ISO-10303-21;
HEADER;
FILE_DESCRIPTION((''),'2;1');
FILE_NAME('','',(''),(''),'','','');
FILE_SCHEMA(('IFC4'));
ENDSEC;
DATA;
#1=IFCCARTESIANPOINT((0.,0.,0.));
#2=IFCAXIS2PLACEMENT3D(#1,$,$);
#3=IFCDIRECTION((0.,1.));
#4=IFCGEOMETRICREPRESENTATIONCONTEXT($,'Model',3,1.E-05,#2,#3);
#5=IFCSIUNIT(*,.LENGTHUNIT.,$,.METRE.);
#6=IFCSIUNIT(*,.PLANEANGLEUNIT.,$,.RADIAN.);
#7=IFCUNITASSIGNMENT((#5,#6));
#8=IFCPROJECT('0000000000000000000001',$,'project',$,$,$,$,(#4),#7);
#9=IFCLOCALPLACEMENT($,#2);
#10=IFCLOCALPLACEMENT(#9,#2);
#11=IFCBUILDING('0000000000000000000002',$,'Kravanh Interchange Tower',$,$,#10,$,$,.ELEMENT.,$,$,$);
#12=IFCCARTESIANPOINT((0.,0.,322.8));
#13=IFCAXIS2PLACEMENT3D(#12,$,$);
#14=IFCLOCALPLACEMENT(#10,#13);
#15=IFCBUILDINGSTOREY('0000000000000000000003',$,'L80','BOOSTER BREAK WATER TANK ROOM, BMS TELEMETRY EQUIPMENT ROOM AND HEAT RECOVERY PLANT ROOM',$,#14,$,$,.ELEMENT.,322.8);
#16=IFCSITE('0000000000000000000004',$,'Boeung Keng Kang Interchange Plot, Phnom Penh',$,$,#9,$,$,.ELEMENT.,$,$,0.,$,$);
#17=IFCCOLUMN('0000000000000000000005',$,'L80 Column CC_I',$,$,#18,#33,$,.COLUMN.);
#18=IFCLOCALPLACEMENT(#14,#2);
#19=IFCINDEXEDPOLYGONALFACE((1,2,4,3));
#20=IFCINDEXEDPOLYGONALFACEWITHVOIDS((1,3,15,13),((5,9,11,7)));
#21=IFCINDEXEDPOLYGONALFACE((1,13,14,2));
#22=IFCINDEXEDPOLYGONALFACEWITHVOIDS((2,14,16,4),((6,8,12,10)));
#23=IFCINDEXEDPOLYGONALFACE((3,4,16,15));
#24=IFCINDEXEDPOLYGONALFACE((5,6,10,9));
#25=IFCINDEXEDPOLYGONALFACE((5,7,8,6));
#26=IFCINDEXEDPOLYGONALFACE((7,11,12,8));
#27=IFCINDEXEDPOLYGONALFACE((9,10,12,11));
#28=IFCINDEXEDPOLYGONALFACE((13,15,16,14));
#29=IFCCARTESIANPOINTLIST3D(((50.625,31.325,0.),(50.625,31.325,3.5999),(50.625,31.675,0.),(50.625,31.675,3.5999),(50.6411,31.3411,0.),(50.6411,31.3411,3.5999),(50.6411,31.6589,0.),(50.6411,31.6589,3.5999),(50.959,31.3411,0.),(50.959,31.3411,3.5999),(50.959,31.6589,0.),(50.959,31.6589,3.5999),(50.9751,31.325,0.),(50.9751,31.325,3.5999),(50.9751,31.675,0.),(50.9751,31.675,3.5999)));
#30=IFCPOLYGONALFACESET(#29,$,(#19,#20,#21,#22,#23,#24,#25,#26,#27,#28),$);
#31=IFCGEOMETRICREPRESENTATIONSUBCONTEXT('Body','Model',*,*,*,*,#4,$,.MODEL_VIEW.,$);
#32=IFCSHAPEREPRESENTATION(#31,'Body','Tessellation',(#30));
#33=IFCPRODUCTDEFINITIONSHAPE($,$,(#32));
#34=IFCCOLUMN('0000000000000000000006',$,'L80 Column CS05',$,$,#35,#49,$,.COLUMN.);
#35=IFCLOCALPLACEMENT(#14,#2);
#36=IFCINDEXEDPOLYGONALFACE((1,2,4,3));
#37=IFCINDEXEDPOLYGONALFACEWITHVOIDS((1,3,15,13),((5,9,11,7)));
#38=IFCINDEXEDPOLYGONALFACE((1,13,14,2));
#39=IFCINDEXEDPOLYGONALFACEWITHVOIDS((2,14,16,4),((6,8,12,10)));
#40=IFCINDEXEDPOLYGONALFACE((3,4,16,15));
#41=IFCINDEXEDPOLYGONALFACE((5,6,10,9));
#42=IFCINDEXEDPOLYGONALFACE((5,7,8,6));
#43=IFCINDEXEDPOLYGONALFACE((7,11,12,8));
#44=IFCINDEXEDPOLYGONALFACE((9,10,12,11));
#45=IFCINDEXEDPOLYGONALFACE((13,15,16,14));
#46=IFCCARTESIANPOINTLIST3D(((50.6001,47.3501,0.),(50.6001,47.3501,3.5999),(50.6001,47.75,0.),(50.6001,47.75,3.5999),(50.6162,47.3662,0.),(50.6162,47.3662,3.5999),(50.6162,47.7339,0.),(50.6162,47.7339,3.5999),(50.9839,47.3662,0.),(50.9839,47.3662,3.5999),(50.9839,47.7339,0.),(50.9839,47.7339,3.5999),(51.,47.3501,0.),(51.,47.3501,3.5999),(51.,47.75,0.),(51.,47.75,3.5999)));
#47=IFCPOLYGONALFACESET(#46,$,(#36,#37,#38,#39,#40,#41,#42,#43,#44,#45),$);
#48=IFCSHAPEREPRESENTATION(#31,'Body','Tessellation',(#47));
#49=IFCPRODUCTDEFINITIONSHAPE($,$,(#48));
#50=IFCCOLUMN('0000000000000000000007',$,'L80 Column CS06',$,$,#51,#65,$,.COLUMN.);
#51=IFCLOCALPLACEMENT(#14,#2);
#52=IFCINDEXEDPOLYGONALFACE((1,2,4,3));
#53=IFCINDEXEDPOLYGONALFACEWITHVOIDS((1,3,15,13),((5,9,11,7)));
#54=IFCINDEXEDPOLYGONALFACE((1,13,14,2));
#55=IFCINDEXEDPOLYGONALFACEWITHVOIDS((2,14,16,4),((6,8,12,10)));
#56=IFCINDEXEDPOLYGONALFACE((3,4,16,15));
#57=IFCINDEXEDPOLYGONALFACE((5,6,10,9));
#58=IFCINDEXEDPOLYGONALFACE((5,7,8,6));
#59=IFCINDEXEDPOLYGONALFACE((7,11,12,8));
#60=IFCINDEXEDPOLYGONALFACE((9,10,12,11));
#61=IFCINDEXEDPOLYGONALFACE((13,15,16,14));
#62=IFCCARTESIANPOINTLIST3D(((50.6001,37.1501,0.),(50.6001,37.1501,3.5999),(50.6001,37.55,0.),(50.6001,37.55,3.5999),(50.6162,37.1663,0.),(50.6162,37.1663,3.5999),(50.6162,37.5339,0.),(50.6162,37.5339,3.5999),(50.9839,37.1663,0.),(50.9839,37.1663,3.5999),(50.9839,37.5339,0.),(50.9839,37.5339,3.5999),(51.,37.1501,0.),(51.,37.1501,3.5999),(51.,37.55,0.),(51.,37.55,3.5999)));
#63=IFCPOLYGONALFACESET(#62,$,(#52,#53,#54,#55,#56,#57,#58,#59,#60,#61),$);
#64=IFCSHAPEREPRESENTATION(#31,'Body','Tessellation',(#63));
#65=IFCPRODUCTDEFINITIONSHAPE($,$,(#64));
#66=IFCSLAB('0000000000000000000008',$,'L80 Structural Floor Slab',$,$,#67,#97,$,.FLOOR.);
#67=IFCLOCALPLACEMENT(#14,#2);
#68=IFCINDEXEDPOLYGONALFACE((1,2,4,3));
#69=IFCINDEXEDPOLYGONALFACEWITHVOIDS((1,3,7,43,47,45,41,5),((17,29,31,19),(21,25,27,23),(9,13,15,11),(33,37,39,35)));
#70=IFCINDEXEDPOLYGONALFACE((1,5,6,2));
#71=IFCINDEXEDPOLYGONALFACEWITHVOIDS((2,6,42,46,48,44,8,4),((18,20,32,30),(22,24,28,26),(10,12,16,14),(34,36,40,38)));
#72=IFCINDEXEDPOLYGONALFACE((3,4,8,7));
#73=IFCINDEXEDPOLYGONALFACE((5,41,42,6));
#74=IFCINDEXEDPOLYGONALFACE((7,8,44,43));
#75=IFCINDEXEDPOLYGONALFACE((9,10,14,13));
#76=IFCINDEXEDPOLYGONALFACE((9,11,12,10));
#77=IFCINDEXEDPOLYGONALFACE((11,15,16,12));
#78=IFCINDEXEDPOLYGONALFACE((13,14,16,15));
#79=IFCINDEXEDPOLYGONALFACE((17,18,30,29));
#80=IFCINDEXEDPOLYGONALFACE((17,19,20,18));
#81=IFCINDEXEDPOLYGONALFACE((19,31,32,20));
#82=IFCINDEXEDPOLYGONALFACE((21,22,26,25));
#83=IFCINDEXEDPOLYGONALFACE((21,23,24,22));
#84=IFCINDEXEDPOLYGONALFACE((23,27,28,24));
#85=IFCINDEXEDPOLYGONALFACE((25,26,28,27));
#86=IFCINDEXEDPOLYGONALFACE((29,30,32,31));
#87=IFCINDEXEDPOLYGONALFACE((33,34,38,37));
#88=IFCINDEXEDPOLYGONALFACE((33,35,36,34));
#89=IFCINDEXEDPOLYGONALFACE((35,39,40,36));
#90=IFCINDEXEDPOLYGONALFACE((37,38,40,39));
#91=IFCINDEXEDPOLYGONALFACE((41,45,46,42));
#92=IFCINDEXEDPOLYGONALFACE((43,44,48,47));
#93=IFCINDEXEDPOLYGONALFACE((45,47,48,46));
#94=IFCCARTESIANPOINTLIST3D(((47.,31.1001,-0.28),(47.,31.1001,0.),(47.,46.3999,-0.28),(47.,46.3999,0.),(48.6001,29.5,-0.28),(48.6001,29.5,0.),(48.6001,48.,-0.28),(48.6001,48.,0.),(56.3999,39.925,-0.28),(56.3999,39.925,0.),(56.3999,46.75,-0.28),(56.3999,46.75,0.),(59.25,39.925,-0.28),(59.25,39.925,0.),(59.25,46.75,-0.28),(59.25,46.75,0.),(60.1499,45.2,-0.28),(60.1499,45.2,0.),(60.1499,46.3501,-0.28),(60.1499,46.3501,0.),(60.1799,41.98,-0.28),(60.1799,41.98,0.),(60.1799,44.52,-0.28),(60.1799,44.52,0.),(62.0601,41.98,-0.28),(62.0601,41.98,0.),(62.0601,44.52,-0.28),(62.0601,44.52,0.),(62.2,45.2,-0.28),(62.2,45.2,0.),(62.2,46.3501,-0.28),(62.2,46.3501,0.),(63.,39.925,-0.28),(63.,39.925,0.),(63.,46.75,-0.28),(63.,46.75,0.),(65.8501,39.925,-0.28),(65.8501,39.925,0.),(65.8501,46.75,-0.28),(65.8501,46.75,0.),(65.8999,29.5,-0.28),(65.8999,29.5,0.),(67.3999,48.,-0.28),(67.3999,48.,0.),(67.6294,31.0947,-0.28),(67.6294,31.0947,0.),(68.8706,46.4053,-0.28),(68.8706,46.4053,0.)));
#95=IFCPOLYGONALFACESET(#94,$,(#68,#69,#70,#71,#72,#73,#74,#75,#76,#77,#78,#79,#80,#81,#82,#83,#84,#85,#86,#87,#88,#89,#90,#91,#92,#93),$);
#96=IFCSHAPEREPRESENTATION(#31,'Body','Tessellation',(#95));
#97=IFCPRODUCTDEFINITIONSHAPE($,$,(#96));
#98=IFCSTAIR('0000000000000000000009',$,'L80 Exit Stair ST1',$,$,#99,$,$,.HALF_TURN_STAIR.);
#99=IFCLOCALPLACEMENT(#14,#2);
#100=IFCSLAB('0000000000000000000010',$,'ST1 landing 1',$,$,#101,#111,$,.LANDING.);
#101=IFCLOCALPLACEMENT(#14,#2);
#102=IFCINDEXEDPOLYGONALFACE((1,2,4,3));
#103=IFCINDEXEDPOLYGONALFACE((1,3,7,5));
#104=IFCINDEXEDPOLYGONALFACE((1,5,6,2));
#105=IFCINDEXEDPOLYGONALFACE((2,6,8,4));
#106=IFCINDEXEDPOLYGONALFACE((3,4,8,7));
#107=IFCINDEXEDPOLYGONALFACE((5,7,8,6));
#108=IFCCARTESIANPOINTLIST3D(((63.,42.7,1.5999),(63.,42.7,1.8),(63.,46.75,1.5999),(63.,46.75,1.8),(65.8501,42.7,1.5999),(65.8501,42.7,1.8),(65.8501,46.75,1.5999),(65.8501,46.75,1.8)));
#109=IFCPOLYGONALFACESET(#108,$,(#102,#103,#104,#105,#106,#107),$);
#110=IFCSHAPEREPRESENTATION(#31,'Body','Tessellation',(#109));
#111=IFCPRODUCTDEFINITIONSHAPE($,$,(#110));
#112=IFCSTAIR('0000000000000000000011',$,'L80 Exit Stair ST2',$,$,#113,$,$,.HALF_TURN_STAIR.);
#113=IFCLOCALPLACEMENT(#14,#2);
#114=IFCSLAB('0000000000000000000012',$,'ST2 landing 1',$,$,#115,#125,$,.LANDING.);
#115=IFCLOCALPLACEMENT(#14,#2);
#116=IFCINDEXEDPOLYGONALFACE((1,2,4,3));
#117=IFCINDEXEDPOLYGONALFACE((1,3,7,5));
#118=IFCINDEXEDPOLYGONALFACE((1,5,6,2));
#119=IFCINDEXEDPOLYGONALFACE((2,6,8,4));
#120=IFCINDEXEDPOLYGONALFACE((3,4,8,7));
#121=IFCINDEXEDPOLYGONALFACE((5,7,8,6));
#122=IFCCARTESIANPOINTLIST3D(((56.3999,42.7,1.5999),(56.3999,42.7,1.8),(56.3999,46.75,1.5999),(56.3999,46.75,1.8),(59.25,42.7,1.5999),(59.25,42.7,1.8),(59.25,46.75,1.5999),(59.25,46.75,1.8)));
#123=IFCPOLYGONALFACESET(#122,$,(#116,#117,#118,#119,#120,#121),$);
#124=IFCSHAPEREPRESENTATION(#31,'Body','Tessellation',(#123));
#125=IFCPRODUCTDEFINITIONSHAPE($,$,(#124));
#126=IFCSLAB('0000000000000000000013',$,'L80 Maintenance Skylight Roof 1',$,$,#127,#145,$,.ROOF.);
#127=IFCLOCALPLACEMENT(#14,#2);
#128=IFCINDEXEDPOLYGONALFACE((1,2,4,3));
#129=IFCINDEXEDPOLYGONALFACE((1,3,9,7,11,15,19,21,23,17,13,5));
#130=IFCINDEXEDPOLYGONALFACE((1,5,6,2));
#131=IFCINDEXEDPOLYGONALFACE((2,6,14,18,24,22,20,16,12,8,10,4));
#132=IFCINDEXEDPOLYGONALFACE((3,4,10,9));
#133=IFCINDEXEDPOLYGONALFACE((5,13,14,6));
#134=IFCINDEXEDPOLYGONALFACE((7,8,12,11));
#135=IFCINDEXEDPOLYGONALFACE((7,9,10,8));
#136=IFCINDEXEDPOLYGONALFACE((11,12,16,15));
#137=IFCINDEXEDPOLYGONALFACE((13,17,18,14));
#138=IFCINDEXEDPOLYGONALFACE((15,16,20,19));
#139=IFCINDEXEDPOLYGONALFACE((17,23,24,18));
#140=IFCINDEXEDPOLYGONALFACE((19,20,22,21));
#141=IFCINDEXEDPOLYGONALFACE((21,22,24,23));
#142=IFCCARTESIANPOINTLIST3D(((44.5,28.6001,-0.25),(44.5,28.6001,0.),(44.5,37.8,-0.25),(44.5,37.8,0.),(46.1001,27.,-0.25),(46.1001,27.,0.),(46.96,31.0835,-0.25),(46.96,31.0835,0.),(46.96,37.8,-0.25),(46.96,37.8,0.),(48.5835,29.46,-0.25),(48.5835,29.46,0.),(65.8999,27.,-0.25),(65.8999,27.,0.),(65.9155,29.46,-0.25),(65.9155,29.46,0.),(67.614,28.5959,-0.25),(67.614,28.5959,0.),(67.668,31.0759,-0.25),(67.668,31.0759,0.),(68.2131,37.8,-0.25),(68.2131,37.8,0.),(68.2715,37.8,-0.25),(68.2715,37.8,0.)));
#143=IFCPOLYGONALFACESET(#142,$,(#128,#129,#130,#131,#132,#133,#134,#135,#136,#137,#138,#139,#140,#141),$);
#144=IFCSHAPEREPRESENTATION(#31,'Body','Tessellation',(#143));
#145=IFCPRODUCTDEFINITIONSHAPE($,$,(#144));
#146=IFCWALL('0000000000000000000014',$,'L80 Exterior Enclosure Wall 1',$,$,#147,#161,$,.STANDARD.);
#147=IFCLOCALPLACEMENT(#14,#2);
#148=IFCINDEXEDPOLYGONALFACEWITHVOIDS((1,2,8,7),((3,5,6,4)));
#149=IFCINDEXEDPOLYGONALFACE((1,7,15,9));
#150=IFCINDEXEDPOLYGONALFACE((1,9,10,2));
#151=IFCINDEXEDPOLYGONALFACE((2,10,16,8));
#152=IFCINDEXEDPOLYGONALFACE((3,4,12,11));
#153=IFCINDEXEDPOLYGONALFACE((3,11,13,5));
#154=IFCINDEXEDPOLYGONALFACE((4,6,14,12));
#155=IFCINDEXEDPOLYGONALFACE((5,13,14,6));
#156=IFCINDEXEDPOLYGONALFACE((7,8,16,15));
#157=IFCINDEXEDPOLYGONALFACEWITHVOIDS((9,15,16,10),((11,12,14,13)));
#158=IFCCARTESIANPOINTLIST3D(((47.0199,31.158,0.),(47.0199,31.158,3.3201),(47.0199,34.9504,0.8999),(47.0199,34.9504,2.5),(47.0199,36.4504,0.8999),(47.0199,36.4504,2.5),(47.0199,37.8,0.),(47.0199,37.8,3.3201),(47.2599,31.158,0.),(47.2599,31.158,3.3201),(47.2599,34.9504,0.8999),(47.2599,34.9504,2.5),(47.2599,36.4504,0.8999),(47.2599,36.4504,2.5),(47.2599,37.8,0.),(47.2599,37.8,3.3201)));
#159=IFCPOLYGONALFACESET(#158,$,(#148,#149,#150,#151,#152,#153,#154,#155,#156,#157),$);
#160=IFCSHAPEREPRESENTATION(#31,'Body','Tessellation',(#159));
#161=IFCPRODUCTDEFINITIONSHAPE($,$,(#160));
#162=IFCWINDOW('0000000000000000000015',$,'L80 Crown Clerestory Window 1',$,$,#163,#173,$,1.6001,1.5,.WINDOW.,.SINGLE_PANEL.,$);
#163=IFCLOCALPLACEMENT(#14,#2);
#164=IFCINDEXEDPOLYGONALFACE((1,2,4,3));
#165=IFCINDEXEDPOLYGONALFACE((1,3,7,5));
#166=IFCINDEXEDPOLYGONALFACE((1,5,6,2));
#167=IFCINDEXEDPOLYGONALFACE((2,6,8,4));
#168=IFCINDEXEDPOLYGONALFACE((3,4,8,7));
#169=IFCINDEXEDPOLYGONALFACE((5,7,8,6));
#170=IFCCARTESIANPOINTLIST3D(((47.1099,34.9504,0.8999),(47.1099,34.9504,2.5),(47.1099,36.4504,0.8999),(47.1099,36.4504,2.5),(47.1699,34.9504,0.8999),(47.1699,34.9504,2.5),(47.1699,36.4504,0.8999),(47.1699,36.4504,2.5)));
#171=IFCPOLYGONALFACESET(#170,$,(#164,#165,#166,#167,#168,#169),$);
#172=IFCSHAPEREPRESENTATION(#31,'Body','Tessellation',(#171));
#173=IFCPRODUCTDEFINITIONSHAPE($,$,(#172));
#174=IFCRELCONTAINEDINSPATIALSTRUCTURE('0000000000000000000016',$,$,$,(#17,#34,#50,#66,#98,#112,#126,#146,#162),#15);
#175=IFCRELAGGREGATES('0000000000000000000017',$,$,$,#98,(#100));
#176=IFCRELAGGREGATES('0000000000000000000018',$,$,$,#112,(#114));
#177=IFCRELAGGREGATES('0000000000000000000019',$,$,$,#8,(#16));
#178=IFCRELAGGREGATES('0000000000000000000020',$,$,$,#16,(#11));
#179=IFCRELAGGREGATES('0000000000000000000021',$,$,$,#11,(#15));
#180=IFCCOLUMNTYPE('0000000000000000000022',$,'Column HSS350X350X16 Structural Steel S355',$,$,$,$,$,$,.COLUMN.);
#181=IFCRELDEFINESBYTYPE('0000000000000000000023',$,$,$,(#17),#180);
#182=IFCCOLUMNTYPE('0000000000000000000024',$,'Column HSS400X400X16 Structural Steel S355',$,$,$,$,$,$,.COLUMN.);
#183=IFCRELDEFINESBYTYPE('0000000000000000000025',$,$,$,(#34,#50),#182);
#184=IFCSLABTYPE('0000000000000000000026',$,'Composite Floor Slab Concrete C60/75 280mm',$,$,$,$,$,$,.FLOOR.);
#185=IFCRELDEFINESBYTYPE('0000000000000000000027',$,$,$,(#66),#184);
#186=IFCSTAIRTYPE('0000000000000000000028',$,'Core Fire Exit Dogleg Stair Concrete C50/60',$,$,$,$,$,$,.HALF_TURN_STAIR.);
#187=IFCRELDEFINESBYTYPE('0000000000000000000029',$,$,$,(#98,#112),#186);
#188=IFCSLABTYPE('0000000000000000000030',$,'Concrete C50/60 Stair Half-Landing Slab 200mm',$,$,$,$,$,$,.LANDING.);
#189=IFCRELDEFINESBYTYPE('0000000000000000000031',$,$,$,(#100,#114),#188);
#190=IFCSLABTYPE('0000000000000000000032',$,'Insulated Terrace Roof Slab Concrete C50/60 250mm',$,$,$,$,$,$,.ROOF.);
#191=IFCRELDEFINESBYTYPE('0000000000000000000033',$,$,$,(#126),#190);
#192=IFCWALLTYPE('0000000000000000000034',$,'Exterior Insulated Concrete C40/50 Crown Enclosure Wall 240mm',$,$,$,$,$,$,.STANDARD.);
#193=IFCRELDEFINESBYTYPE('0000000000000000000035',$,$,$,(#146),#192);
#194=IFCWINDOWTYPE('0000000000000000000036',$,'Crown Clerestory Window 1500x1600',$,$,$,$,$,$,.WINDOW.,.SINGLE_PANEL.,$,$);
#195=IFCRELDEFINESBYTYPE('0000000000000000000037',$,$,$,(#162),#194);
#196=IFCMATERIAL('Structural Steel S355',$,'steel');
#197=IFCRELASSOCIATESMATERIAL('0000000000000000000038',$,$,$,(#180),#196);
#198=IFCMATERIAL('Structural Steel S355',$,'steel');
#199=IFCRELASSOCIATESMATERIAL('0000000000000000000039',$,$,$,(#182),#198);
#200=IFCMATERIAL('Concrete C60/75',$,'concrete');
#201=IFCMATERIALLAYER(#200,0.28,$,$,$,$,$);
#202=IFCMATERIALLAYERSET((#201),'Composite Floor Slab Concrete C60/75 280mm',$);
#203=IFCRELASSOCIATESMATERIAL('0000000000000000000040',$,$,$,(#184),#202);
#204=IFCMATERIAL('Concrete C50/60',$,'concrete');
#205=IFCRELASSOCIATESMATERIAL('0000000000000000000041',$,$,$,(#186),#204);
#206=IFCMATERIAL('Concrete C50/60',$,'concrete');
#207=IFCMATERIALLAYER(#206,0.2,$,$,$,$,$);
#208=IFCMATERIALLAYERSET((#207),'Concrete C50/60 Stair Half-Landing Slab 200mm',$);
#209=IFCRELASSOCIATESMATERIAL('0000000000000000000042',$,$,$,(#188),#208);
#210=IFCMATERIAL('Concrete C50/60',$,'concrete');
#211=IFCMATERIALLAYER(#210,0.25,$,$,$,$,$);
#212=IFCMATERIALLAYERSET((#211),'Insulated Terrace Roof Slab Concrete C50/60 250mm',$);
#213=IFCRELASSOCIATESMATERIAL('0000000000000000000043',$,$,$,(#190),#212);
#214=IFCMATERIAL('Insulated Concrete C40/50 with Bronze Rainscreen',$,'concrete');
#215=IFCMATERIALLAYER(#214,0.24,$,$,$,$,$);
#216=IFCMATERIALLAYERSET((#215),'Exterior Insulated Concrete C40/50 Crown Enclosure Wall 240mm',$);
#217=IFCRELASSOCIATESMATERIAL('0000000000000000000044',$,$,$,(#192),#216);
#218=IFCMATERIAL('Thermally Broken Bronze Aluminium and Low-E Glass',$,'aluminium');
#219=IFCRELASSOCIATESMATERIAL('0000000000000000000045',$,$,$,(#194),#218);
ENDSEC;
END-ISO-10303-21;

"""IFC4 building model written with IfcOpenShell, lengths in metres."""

from ifc_helpers import new_model, si_unit, direction, frame, frame_2d, origin, origin_2d, place, context, subcontext, project, spatial, polyline, rectangle, hollow_rectangle, outline, extrude, material, layer, layer_set, material_profile, profile_set, type_object, element, fill, aggregate, save


model = new_model("IFC4")

# Units and contexts
model_context = context("Model", 3, precision=1e-05, world=origin(), true_north=direction((0.0, 1.0)))
body_context = subcontext(model_context, "Body", "Model", "MODEL_VIEW")
ifc_project = project(units=[si_unit("LENGTHUNIT", "METRE"), si_unit("PLANEANGLEUNIT", "RADIAN")], contexts=[model_context])

# Site, building, storey
site_placement = place(None, origin())
site = spatial("IfcSite", under=ifc_project, at=site_placement, Name="Boeung Keng Kang Interchange Plot, Phnom Penh", CompositionType="ELEMENT", RefElevation=0.0)
building_placement = place(site_placement, origin())
building = spatial("IfcBuilding", under=site, at=building_placement, Name="Kravanh Interchange Tower", CompositionType="ELEMENT")
storey_placement = place(building_placement, frame((0.0, 0.0, 322.8)))
storey = spatial("IfcBuildingStorey", under=building, at=storey_placement, Name="L80", Description="BOOSTER BREAK WATER TANK ROOM, BMS TELEMETRY EQUIPMENT ROOM AND HEAT RECOVERY PLANT ROOM", CompositionType="ELEMENT", Elevation=322.8)

# Columns
ifc_material_1 = material(Name="Structural Steel S355", Category="steel")
ifc_material_profile_1 = material_profile(ifc_material_1, hollow_rectangle(XDim=0.3501, YDim=0.3501, WallThickness=0.0161, at=origin_2d()), Name="HSS350X350X16")
ifc_profile_set_1 = profile_set([ifc_material_profile_1], Name="Structural Steel S355")
column_type_1 = type_object("IfcColumnType", Name="Column HSS350X350X16 Structural Steel S355", PredefinedType="COLUMN", material=ifc_profile_set_1)
column_placement = place(storey_placement, frame((50.8, 31.5, 0.0), z_axis=(0.0, 0.0, 1.0), x_axis=(1.0, 0.0, 0.0)))
element("IfcColumn", 1, at=column_placement, inside=storey, type_object=column_type_1, Name="L80 Column CC_I", PredefinedType="COLUMN", context=body_context, shape_type="SweptSolid", body=[
    extrude(hollow_rectangle(XDim=0.3501, YDim=0.3501, WallThickness=0.0161, at=origin_2d()), origin(), (0.0, 0.0, 1.0), 3.5999),
])
ifc_material_2 = material(Name="Structural Steel S355", Category="steel")
ifc_material_profile_2 = material_profile(ifc_material_2, hollow_rectangle(XDim=0.3999, YDim=0.3999, WallThickness=0.0161, at=origin_2d()), Name="HSS400X400X16")
ifc_profile_set_2 = profile_set([ifc_material_profile_2], Name="Structural Steel S355")
column_type_2 = type_object("IfcColumnType", Name="Column HSS400X400X16 Structural Steel S355", PredefinedType="COLUMN", material=ifc_profile_set_2)
for number, where, z_axis, x_axis, name in (
    (2, (50.8, 47.55, 0.0), (0.0, 0.0, 1.0), (1.0, 0.0, 0.0), "L80 Column CS05"),
    (3, (50.8, 37.3501, 0.0), (0.0, 0.0, 1.0), (1.0, 0.0, 0.0), "L80 Column CS06"),
):
    element("IfcColumn", number, at=place(storey_placement, frame(where, z_axis=z_axis, x_axis=x_axis)), inside=storey, type_object=column_type_2, Name=name, PredefinedType="COLUMN", context=body_context, shape_type="SweptSolid", body=[
        extrude(hollow_rectangle(XDim=0.3999, YDim=0.3999, WallThickness=0.0161, at=origin_2d()), origin(), (0.0, 0.0, 1.0), 3.5999),
    ])

# Slab
ifc_material_3 = material(Name="Concrete C60/75", Category="concrete")
ifc_layer_1 = layer(ifc_material_3, 0.28)
ifc_layer_set_1 = layer_set([ifc_layer_1], Name="Composite Floor Slab Concrete C60/75 280mm")
slab_type_1 = type_object("IfcSlabType", Name="Composite Floor Slab Concrete C60/75 280mm", PredefinedType="FLOOR", material=ifc_layer_set_1)
slab_1_placement = place(storey_placement, frame((0.0, 0.0, -0.28)))
element("IfcSlab", 4, at=slab_1_placement, inside=storey, type_object=slab_type_1, Name="L80 Structural Floor Slab", PredefinedType="FLOOR", context=body_context, shape_type="SweptSolid", body=[
    extrude(outline(polyline([(47.0, 31.1001), (48.6001, 29.5), (65.8999, 29.5), (67.6294, 31.0947), (68.8706, 46.4053), (67.3999, 48.0), (48.6001, 48.0), (47.0, 46.3999), (47.0, 31.1001)]), holes=[polyline([(65.8501, 39.925), (65.8501, 46.75), (63.0, 46.75), (63.0, 39.925), (65.8501, 39.925)]), polyline([(59.25, 39.925), (59.25, 46.75), (56.3999, 46.75), (56.3999, 39.925), (59.25, 39.925)]), polyline([(60.1799, 41.98), (62.0601, 41.98), (62.0601, 44.52), (60.1799, 44.52), (60.1799, 41.98)]), polyline([(60.1499, 45.2), (62.2, 45.2), (62.2, 46.3501), (60.1499, 46.3501), (60.1499, 45.2)])]), origin(), (0.0, 0.0, 1.0), 0.28),
])

# Stairs, slabs
ifc_material_4 = material(Name="Concrete C50/60", Category="concrete")
stair_type = type_object("IfcStairType", Name="Core Fire Exit Dogleg Stair Concrete C50/60", PredefinedType="HALF_TURN_STAIR", material=ifc_material_4)
stair_1_placement = place(storey_placement, origin())
stair_1 = element("IfcStair", 5, at=stair_1_placement, inside=storey, type_object=stair_type, Name="L80 Exit Stair ST1", PredefinedType="HALF_TURN_STAIR")
ifc_material_5 = material(Name="Concrete C50/60", Category="concrete")
ifc_layer_2 = layer(ifc_material_5, 0.2)
ifc_layer_set_2 = layer_set([ifc_layer_2], Name="Concrete C50/60 Stair Half-Landing Slab 200mm")
slab_type_2 = type_object("IfcSlabType", Name="Concrete C50/60 Stair Half-Landing Slab 200mm", PredefinedType="LANDING", material=ifc_layer_set_2)
slab_2_placement = place(storey_placement, frame((0.0, 0.0, 1.5999)))
slab_2 = element("IfcSlab", 6, at=slab_2_placement, type_object=slab_type_2, Name="ST1 landing 1", PredefinedType="LANDING", context=body_context, shape_type="SweptSolid", body=[
    extrude(outline(polyline([(65.8501, 42.7), (65.8501, 46.75), (63.0, 46.75), (63.0, 42.7), (65.8501, 42.7)])), origin(), (0.0, 0.0, 1.0), 0.2002),
])
aggregate(stair_1, [slab_2])
stair_2_placement = place(storey_placement, origin())
stair_2 = element("IfcStair", 7, at=stair_2_placement, inside=storey, type_object=stair_type, Name="L80 Exit Stair ST2", PredefinedType="HALF_TURN_STAIR")
slab_3_placement = place(storey_placement, frame((0.0, 0.0, 1.5999)))
slab_3 = element("IfcSlab", 8, at=slab_3_placement, type_object=slab_type_2, Name="ST2 landing 1", PredefinedType="LANDING", context=body_context, shape_type="SweptSolid", body=[
    extrude(outline(polyline([(59.25, 42.7), (59.25, 46.75), (56.3999, 46.75), (56.3999, 42.7), (59.25, 42.7)])), origin(), (0.0, 0.0, 1.0), 0.2002),
])
aggregate(stair_2, [slab_3])

# Slab
ifc_material_6 = material(Name="Concrete C50/60", Category="concrete")
ifc_layer_3 = layer(ifc_material_6, 0.25)
ifc_layer_set_3 = layer_set([ifc_layer_3], Name="Insulated Terrace Roof Slab Concrete C50/60 250mm")
slab_type_3 = type_object("IfcSlabType", Name="Insulated Terrace Roof Slab Concrete C50/60 250mm", PredefinedType="ROOF", material=ifc_layer_set_3)
slab_4_placement = place(storey_placement, frame((0.0, 0.0, -0.25)))
element("IfcSlab", 9, at=slab_4_placement, inside=storey, type_object=slab_type_3, Name="L80 Maintenance Skylight Roof 1", PredefinedType="ROOF", context=body_context, shape_type="SweptSolid", body=[
    extrude(outline(polyline([(65.8999, 27.0), (46.1001, 27.0), (44.5, 28.6001), (44.5, 37.8), (46.96, 37.8), (46.96, 31.0835), (48.5835, 29.46), (65.9155, 29.46), (67.668, 31.0759), (68.2131, 37.8), (68.2715, 37.8), (67.614, 28.5959), (65.8999, 27.0)])), origin(), (0.0, 0.0, 1.0), 0.25),
])

# Wall, opening, window
ifc_material_7 = material(Name="Insulated Concrete C40/50 with Bronze Rainscreen", Category="concrete")
ifc_layer_4 = layer(ifc_material_7, 0.24)
ifc_layer_set_4 = layer_set([ifc_layer_4], Name="Exterior Insulated Concrete C40/50 Crown Enclosure Wall 240mm")
wall_type_1 = type_object("IfcWallType", Name="Exterior Insulated Concrete C40/50 Crown Enclosure Wall 240mm", PredefinedType="STANDARD", material=ifc_layer_set_4)
wall_1_placement = place(storey_placement, frame((47.1399, 31.158, 0.0), z_axis=(0.0, 0.0, 1.0), x_axis=(0.0, 1.0, 0.0)))
wall_1 = element("IfcWall", 10, at=wall_1_placement, inside=storey, type_object=wall_type_1, Name="L80 Exterior Enclosure Wall 1", PredefinedType="STANDARD", context=body_context, shape_type="SweptSolid", body=[
    extrude(rectangle(XDim=6.6421, YDim=0.24, at=frame_2d((3.321, 0.0))), origin(), (0.0, 0.0, 1.0), 3.3201),
])
opening_1_placement = place(wall_1_placement, frame((3.7925, 0.0, 0.8999)))
opening_1 = element("IfcOpeningElement", 11, at=opening_1_placement, cuts=wall_1, PredefinedType="OPENING", context=body_context, shape_type="SweptSolid", body=[
    extrude(rectangle(XDim=1.5, YDim=1.6001, at=frame_2d((0.75, 0.8))), frame((0.0, 0.1299, 0.0), z_axis=(0.0, -1.0, 0.0), x_axis=(1.0, 0.0, 0.0)), (0.0, 0.0, 1.0), 0.26),
])
ifc_material_8 = material(Name="Thermally Broken Bronze Aluminium and Low-E Glass", Category="aluminium")
window_type = type_object("IfcWindowType", Name="Crown Clerestory Window 1500x1600", PartitioningType="SINGLE_PANEL", PredefinedType="WINDOW", material=ifc_material_8)
window_placement = place(opening_1_placement, origin())
window = element("IfcWindow", 12, at=window_placement, inside=storey, type_object=window_type, Name="L80 Crown Clerestory Window 1", OverallHeight=1.6001, OverallWidth=1.5, PartitioningType="SINGLE_PANEL", PredefinedType="WINDOW", context=body_context, shape_type="SweptSolid", body=[
    extrude(rectangle(XDim=1.5, YDim=1.6001, at=frame_2d((0.75, 0.8))), frame((0.0, 0.03, 0.0), z_axis=(0.0, -1.0, 0.0), x_axis=(1.0, 0.0, 0.0)), (0.0, 0.0, 1.0), 0.0601),
])
fill(opening_1, window)

save(model, "model.ifc")
